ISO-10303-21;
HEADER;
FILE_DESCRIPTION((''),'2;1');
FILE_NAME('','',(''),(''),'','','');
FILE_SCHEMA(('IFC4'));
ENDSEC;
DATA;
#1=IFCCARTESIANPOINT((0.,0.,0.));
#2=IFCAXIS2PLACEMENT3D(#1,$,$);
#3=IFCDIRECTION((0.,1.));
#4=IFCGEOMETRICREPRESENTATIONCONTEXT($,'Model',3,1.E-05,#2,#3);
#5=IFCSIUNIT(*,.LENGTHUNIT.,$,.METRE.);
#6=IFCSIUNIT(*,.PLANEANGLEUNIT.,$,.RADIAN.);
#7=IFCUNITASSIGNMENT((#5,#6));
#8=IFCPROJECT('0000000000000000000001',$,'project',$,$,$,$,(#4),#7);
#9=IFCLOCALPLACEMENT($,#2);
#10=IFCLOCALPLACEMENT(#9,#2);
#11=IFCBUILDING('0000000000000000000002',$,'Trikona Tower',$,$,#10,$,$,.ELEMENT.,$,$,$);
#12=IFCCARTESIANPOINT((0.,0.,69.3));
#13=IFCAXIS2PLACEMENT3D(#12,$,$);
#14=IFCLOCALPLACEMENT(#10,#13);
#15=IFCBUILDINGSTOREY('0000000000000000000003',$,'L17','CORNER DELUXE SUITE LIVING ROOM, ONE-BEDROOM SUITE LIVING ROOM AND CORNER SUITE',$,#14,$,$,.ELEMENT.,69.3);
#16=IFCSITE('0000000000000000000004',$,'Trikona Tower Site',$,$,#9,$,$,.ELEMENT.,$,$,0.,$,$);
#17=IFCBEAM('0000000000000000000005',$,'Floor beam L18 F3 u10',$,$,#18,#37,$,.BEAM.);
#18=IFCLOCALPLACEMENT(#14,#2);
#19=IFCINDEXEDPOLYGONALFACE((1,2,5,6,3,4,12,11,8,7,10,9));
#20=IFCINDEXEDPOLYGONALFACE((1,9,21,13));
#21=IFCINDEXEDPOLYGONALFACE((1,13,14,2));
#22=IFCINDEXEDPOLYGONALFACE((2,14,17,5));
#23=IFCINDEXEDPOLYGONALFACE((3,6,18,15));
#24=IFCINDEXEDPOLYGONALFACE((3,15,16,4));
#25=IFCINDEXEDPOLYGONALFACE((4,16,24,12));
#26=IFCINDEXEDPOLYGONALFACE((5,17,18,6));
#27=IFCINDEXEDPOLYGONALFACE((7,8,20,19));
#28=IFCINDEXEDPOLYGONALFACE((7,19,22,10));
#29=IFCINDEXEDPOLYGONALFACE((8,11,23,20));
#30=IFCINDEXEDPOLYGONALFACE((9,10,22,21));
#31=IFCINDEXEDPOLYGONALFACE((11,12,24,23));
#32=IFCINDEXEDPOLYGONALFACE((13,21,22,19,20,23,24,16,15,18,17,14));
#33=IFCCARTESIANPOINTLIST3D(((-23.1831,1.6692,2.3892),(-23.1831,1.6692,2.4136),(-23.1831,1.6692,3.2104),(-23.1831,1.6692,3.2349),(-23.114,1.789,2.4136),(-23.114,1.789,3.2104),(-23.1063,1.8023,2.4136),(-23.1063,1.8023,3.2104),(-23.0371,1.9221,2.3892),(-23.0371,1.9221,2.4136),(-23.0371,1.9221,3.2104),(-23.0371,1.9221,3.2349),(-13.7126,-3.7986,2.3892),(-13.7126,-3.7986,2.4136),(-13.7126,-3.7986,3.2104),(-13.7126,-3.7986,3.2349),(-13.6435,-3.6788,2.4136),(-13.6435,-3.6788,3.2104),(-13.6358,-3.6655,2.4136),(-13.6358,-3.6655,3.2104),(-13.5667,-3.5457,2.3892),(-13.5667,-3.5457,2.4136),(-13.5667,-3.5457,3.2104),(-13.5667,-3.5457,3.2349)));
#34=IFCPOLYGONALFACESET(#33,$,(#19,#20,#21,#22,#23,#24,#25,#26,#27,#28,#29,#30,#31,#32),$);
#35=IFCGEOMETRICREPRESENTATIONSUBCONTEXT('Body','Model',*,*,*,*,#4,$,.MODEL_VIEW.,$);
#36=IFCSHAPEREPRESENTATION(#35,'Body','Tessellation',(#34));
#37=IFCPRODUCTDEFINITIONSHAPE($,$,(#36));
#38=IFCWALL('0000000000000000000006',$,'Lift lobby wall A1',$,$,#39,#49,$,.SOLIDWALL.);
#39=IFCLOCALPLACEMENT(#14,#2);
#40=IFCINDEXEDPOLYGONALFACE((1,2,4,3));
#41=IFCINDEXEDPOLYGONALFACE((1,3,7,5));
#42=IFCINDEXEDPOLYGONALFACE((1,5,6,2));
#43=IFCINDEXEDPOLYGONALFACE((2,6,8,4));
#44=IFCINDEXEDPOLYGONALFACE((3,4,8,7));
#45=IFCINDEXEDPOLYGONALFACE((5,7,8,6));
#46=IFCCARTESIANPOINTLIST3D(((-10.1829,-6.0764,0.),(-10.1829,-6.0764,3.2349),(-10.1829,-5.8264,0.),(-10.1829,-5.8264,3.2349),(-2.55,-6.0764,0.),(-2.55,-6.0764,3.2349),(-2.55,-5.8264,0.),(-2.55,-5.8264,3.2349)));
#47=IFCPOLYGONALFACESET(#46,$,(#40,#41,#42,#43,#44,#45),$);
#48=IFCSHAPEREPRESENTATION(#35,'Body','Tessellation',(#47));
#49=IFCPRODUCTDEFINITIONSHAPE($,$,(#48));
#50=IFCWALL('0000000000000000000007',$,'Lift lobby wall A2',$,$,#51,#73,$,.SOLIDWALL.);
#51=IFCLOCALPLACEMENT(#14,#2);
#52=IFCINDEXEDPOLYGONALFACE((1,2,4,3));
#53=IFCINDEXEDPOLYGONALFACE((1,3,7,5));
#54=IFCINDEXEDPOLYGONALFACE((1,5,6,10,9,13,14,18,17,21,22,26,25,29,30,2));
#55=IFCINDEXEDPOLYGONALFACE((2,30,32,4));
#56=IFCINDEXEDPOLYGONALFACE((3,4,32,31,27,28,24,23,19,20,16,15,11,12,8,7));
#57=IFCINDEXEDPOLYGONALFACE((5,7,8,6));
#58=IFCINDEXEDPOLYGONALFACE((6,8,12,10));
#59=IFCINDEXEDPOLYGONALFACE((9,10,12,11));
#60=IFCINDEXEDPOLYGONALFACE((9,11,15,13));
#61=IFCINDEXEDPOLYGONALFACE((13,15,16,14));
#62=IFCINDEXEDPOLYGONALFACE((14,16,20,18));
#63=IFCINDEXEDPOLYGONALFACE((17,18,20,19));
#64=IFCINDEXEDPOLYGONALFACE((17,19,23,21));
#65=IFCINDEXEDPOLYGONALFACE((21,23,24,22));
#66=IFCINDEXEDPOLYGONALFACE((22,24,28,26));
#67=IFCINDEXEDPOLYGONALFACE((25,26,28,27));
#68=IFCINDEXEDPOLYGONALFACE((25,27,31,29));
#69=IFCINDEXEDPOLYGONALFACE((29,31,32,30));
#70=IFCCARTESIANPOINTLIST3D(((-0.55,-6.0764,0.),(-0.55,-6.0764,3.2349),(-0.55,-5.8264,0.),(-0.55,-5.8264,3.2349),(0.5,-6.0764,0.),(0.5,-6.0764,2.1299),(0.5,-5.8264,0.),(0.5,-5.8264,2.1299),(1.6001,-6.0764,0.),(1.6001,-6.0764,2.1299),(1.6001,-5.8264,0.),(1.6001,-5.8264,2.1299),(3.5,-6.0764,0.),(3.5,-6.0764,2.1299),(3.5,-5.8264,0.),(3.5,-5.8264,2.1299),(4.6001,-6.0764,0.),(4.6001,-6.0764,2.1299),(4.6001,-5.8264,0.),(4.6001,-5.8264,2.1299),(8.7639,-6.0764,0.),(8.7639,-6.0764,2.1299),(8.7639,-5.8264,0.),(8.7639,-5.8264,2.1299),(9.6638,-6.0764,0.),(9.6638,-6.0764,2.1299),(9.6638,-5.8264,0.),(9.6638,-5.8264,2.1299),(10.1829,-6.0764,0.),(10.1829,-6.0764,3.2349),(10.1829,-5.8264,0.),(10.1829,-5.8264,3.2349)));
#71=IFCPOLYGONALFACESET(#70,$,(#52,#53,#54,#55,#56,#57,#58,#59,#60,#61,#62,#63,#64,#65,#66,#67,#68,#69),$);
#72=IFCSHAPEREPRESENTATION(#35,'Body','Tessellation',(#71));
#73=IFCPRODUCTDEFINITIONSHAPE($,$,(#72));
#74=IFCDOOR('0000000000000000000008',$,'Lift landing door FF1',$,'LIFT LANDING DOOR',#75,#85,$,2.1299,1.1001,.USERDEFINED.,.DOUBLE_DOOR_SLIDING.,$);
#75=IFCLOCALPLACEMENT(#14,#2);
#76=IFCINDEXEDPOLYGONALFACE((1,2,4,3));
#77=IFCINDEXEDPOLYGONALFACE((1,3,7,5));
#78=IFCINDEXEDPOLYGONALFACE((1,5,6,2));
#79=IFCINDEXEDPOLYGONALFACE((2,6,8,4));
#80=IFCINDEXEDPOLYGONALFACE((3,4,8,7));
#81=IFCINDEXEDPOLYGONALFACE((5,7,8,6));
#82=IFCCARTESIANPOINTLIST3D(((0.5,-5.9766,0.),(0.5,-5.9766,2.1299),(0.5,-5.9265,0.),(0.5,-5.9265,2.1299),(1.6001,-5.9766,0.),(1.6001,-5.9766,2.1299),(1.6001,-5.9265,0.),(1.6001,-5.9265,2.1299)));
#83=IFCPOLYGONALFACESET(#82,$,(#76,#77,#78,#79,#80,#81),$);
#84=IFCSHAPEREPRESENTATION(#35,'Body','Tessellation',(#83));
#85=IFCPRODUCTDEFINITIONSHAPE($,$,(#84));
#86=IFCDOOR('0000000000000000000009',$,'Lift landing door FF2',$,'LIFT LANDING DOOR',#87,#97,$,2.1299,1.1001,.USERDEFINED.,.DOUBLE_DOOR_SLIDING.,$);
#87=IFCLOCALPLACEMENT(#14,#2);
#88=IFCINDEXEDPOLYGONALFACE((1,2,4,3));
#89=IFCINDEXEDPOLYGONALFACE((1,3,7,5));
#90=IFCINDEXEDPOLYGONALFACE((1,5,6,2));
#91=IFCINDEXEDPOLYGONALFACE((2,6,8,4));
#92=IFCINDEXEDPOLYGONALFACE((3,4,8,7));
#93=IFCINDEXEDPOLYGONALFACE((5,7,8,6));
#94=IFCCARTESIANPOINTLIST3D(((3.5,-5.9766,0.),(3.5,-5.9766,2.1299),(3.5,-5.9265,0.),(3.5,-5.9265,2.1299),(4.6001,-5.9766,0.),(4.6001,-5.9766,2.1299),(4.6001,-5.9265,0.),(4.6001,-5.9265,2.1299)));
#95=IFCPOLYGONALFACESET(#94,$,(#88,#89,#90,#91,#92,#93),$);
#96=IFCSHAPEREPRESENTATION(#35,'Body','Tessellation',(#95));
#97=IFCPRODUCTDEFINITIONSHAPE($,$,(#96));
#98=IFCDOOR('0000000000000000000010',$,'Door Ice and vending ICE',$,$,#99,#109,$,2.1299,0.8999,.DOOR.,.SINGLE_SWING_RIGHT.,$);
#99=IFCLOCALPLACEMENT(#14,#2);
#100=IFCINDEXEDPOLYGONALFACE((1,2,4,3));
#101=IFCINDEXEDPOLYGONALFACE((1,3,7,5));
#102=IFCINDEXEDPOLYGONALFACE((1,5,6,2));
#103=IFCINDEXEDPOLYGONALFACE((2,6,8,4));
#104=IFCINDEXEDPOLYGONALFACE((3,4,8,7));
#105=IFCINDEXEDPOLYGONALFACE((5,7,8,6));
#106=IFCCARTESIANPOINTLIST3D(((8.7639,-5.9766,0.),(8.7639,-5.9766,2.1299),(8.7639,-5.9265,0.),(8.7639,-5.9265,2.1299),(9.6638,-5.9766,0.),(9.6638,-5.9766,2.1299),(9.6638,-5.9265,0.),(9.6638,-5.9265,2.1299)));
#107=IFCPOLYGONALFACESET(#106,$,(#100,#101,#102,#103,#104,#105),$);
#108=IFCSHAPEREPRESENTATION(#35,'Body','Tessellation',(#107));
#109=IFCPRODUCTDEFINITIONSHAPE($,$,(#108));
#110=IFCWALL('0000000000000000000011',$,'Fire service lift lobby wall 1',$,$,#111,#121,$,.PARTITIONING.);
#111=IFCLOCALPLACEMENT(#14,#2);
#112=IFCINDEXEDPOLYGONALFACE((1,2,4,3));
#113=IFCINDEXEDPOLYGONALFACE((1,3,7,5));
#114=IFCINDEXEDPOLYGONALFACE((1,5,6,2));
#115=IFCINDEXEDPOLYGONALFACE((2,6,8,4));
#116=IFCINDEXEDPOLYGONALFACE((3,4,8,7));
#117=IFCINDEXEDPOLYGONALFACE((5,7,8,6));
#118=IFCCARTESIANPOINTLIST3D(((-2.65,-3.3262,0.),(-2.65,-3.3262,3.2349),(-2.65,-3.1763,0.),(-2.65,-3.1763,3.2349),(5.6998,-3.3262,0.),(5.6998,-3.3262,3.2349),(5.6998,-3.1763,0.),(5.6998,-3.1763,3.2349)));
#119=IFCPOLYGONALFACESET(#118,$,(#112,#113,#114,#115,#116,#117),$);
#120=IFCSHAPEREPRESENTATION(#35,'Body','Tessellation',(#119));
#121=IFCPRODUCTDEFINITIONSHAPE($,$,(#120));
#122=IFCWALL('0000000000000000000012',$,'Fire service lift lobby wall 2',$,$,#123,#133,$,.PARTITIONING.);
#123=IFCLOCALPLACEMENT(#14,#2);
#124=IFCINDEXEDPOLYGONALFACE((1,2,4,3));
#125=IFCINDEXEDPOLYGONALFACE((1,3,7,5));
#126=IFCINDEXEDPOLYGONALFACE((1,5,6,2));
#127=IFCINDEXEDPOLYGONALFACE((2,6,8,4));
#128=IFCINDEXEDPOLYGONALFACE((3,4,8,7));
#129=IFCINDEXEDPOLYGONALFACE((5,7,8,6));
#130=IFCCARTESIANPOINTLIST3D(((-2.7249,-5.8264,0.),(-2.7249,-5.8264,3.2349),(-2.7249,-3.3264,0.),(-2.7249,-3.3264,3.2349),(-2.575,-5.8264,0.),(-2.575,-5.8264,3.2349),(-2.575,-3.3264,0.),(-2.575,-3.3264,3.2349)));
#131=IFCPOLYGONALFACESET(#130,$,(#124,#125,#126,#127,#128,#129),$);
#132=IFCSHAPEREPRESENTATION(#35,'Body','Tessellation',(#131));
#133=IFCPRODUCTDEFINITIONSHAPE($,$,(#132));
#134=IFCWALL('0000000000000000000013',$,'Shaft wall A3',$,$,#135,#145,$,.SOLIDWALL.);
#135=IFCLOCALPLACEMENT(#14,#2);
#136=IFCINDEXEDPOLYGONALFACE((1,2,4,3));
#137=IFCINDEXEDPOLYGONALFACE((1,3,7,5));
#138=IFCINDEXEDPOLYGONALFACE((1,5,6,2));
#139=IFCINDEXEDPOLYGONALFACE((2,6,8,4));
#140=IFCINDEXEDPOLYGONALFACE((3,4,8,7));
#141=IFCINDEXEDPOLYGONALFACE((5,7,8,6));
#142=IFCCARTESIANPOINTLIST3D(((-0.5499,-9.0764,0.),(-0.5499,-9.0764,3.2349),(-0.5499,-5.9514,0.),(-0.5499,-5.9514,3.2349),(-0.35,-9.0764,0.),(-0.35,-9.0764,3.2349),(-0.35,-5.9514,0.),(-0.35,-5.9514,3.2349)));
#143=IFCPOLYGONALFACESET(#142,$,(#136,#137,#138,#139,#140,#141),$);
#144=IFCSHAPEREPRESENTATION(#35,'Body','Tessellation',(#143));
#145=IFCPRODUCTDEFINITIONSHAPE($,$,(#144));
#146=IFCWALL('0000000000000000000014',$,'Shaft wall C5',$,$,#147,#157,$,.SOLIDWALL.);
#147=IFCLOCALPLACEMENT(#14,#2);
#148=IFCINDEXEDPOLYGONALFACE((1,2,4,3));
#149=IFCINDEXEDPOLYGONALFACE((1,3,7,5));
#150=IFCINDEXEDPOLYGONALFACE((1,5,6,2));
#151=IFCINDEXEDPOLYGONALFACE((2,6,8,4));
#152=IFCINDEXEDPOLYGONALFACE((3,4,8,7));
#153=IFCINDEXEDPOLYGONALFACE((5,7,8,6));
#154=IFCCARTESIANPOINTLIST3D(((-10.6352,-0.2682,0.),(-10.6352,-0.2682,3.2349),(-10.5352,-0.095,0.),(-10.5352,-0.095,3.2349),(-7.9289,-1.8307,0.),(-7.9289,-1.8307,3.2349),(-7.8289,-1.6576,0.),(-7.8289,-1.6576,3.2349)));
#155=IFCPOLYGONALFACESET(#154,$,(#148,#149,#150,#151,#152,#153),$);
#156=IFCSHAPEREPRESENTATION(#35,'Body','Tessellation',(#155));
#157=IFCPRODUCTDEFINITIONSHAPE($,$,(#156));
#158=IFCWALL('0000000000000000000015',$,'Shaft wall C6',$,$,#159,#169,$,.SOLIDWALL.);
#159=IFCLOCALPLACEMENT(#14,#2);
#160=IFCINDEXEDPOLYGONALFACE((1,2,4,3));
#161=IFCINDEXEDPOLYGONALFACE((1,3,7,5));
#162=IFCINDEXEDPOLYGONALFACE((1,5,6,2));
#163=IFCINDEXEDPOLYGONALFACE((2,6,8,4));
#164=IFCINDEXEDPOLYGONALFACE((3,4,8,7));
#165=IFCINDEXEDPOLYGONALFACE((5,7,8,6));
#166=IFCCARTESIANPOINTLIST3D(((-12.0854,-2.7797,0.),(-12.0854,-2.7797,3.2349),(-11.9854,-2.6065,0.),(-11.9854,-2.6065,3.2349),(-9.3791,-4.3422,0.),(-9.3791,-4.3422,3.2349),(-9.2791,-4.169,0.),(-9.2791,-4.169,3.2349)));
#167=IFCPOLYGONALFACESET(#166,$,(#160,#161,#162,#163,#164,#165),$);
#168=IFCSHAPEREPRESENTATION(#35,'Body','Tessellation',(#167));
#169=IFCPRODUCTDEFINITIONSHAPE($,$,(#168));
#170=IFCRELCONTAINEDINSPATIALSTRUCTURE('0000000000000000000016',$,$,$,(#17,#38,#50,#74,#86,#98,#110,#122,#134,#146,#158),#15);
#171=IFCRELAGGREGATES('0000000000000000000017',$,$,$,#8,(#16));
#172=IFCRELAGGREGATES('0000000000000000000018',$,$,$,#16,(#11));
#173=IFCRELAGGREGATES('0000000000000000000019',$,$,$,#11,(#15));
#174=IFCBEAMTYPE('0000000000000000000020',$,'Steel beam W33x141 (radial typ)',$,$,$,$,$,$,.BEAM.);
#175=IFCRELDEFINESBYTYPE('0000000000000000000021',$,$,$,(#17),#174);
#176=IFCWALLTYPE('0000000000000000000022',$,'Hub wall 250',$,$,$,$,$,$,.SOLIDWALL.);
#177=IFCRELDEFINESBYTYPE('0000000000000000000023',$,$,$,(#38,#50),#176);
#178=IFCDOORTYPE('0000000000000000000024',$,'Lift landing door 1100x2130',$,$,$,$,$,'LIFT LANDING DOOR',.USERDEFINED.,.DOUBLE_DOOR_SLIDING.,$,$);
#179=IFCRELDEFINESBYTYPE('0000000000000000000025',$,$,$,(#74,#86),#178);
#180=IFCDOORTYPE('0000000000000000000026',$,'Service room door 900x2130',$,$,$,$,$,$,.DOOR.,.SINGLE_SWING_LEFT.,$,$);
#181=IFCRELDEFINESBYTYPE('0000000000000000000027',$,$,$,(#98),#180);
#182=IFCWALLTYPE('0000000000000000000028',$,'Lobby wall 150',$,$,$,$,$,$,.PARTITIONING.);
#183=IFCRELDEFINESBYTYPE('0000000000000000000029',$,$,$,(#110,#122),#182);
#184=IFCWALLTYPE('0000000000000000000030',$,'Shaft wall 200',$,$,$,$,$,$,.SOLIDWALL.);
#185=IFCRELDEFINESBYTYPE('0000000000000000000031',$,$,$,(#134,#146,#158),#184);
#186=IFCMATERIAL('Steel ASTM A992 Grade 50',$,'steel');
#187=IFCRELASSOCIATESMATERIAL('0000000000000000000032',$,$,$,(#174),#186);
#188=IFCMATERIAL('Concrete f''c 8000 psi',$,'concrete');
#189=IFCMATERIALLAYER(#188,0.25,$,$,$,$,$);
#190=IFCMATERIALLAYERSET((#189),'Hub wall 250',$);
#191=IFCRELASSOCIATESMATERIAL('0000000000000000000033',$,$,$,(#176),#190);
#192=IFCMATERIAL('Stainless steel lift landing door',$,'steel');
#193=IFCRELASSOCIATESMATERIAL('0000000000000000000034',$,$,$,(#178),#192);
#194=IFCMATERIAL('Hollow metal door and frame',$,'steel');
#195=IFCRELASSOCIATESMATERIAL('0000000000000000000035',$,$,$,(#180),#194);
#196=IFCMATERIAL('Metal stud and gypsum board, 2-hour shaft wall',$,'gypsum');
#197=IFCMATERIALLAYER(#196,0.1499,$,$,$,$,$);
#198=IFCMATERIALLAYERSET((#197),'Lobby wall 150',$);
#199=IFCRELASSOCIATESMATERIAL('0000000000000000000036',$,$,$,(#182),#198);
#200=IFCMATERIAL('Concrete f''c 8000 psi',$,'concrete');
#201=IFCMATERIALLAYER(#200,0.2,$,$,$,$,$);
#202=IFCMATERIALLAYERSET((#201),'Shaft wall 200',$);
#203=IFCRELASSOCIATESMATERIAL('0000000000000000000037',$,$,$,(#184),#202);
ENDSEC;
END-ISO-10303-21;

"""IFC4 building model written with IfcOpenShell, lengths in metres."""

from ifc_helpers import new_model, si_unit, direction, frame, frame_2d, origin, origin_2d, place, context, subcontext, project, spatial, rectangle, i_section, extrude, material, layer, layer_set, material_profile, profile_set, type_object, element, fill, save


model = new_model("IFC4")

# Units and contexts
model_context = context("Model", 3, precision=1e-05, world=origin(), true_north=direction((0.0, 1.0)))
body_context = subcontext(model_context, "Body", "Model", "MODEL_VIEW")
ifc_project = project(units=[si_unit("LENGTHUNIT", "METRE"), si_unit("PLANEANGLEUNIT", "RADIAN")], contexts=[model_context])

# Site, building, storey
site_placement = place(None, origin())
site = spatial("IfcSite", under=ifc_project, at=site_placement, Name="Trikona Tower Site", CompositionType="ELEMENT", RefElevation=0.0)
building_placement = place(site_placement, origin())
building = spatial("IfcBuilding", under=site, at=building_placement, Name="Trikona Tower", CompositionType="ELEMENT")
storey_placement = place(building_placement, frame((0.0, 0.0, 69.3)))
storey = spatial("IfcBuildingStorey", under=building, at=storey_placement, Name="L17", Description="CORNER DELUXE SUITE LIVING ROOM, ONE-BEDROOM SUITE LIVING ROOM AND CORNER SUITE", CompositionType="ELEMENT", Elevation=69.3)

# Beam
ifc_material_1 = material(Name="Steel ASTM A992 Grade 50", Category="steel")
ifc_material_profile = material_profile(ifc_material_1, i_section(OverallWidth=0.292, OverallDepth=0.8457, WebThickness=0.0154, FlangeThickness=0.0244, at=origin_2d()), Name="W33X141")
ifc_profile_set = profile_set([ifc_material_profile], Name="Steel ASTM A992 Grade 50")
beam_type = type_object("IfcBeamType", Name="Steel beam W33x141 (radial typ)", PredefinedType="BEAM", material=ifc_profile_set)
beam_placement = place(storey_placement, frame((-13.6396, -3.6721, 2.812), z_axis=(-0.866025, 0.5, 0.0), x_axis=(-0.5, -0.866025, 0.0)))
element("IfcBeam", 1, at=beam_placement, inside=storey, type_object=beam_type, Name="Floor beam L18 F3 u10", PredefinedType="BEAM", context=body_context, shape_type="SweptSolid", body=[
    extrude(i_section(OverallWidth=0.292, OverallDepth=0.8457, WebThickness=0.0154, FlangeThickness=0.0244, at=origin_2d()), origin(), (0.0, 0.0, 1.0), 10.9355),
])

# Wall
ifc_material_2 = material(Name="Concrete f'c 8000 psi", Category="concrete")
ifc_layer_1 = layer(ifc_material_2, 0.25)
ifc_layer_set_1 = layer_set([ifc_layer_1], Name="Hub wall 250")
wall_type_1 = type_object("IfcWallType", Name="Hub wall 250", PredefinedType="SOLIDWALL", material=ifc_layer_set_1)
wall_1_placement = place(storey_placement, frame((-10.1829, -5.9514, 0.0), z_axis=(0.0, 0.0, 1.0), x_axis=(1.0, 0.0, 0.0)))
element("IfcWall", 2, at=wall_1_placement, inside=storey, type_object=wall_type_1, Name="Lift lobby wall A1", PredefinedType="SOLIDWALL", context=body_context, shape_type="SweptSolid", body=[
    extrude(rectangle(XDim=7.6328, YDim=0.25, at=frame_2d((3.8164, 0.0))), origin(), (0.0, 0.0, 1.0), 3.2349),
])

# Wall, openings, doors
wall_2_placement = place(storey_placement, frame((-0.55, -5.9514, 0.0), z_axis=(0.0, 0.0, 1.0), x_axis=(1.0, 0.0, 0.0)))
wall_2 = element("IfcWall", 3, at=wall_2_placement, inside=storey, type_object=wall_type_1, Name="Lift lobby wall A2", PredefinedType="SOLIDWALL", context=body_context, shape_type="SweptSolid", body=[
    extrude(rectangle(XDim=10.7329, YDim=0.25, at=frame_2d((5.3665, 0.0))), origin(), (0.0, 0.0, 1.0), 3.2349),
])
opening_1_placement = place(wall_2_placement, frame((9.314, 0.0, 0.0)))
opening_1 = element("IfcOpeningElement", 4, at=opening_1_placement, cuts=wall_2, PredefinedType="OPENING", context=body_context, shape_type="SweptSolid", body=[
    extrude(rectangle(XDim=0.8999, YDim=2.1299, at=frame_2d((0.45, 1.0649))), frame((0.0, 0.135, 0.0), z_axis=(0.0, -1.0, 0.0), x_axis=(1.0, 0.0, 0.0)), (0.0, 0.0, 1.0), 0.27),
])
opening_2_placement = place(wall_2_placement, frame((1.05, 0.0, 0.0)))
opening_2 = element("IfcOpeningElement", 5, at=opening_2_placement, cuts=wall_2, PredefinedType="OPENING", context=body_context, shape_type="SweptSolid", body=[
    extrude(rectangle(XDim=1.1001, YDim=2.1299, at=frame_2d((0.55, 1.0649))), frame((0.0, 0.135, 0.0), z_axis=(0.0, -1.0, 0.0), x_axis=(1.0, 0.0, 0.0)), (0.0, 0.0, 1.0), 0.27),
])
opening_3_placement = place(wall_2_placement, frame((4.05, 0.0, 0.0)))
opening_3 = element("IfcOpeningElement", 6, at=opening_3_placement, cuts=wall_2, PredefinedType="OPENING", context=body_context, shape_type="SweptSolid", body=[
    extrude(rectangle(XDim=1.1001, YDim=2.1299, at=frame_2d((0.55, 1.0649))), frame((0.0, 0.135, 0.0), z_axis=(0.0, -1.0, 0.0), x_axis=(1.0, 0.0, 0.0)), (0.0, 0.0, 1.0), 0.27),
])
ifc_material_3 = material(Name="Stainless steel lift landing door", Category="steel")
door_type_1 = type_object("IfcDoorType", Name="Lift landing door 1100x2130", ElementType="LIFT LANDING DOOR", OperationType="DOUBLE_DOOR_SLIDING", PredefinedType="USERDEFINED", material=ifc_material_3)
door_1_placement = place(opening_2_placement, origin())
door_1 = element("IfcDoor", 7, at=door_1_placement, inside=storey, type_object=door_type_1, Name="Lift landing door FF1", ObjectType="LIFT LANDING DOOR", OperationType="DOUBLE_DOOR_SLIDING", OverallHeight=2.1299, OverallWidth=1.1001, PredefinedType="USERDEFINED", context=body_context, shape_type="SweptSolid", body=[
    extrude(rectangle(XDim=1.1001, YDim=2.1299, at=frame_2d((0.55, 1.0649))), frame((0.0, 0.0249, 0.0), z_axis=(0.0, -1.0, 0.0), x_axis=(1.0, 0.0, 0.0)), (0.0, 0.0, 1.0), 0.05),
])
fill(opening_2, door_1)
door_2_placement = place(opening_3_placement, origin())
door_2 = element("IfcDoor", 8, at=door_2_placement, inside=storey, type_object=door_type_1, Name="Lift landing door FF2", ObjectType="LIFT LANDING DOOR", OperationType="DOUBLE_DOOR_SLIDING", OverallHeight=2.1299, OverallWidth=1.1001, PredefinedType="USERDEFINED", context=body_context, shape_type="SweptSolid", body=[
    extrude(rectangle(XDim=1.1001, YDim=2.1299, at=frame_2d((0.55, 1.0649))), frame((0.0, 0.0249, 0.0), z_axis=(0.0, -1.0, 0.0), x_axis=(1.0, 0.0, 0.0)), (0.0, 0.0, 1.0), 0.05),
])
fill(opening_3, door_2)
ifc_material_4 = material(Name="Hollow metal door and frame", Category="steel")
door_type_2 = type_object("IfcDoorType", Name="Service room door 900x2130", OperationType="SINGLE_SWING_LEFT", PredefinedType="DOOR", material=ifc_material_4)
door_3_placement = place(opening_1_placement, origin())
door_3 = element("IfcDoor", 9, at=door_3_placement, inside=storey, type_object=door_type_2, Name="Door Ice and vending ICE", OperationType="SINGLE_SWING_RIGHT", OverallHeight=2.1299, OverallWidth=0.8999, PredefinedType="DOOR", context=body_context, shape_type="SweptSolid", body=[
    extrude(rectangle(XDim=0.8999, YDim=2.1299, at=frame_2d((0.45, 1.0649))), frame((0.0, 0.0249, 0.0), z_axis=(0.0, -1.0, 0.0), x_axis=(1.0, 0.0, 0.0)), (0.0, 0.0, 1.0), 0.05),
])
fill(opening_1, door_3)

# Walls
ifc_material_5 = material(Name="Metal stud and gypsum board, 2-hour shaft wall", Category="gypsum")
ifc_layer_2 = layer(ifc_material_5, 0.1499)
ifc_layer_set_2 = layer_set([ifc_layer_2], Name="Lobby wall 150")
wall_type_2 = type_object("IfcWallType", Name="Lobby wall 150", PredefinedType="PARTITIONING", material=ifc_layer_set_2)
wall_3_placement = place(storey_placement, frame((-2.6499, -3.2512, 0.0), z_axis=(0.0, 0.0, 1.0), x_axis=(1.0, 0.0, 0.0)))
element("IfcWall", 10, at=wall_3_placement, inside=storey, type_object=wall_type_2, Name="Fire service lift lobby wall 1", PredefinedType="PARTITIONING", context=body_context, shape_type="SweptSolid", body=[
    extrude(rectangle(XDim=8.3499, YDim=0.1499, at=frame_2d((4.1748, 0.0))), origin(), (0.0, 0.0, 1.0), 3.2349),
])
wall_4_placement = place(storey_placement, frame((-2.6499, -5.8264, 0.0), z_axis=(0.0, 0.0, 1.0), x_axis=(0.0, 1.0, 0.0)))
element("IfcWall", 11, at=wall_4_placement, inside=storey, type_object=wall_type_2, Name="Fire service lift lobby wall 2", PredefinedType="PARTITIONING", context=body_context, shape_type="SweptSolid", body=[
    extrude(rectangle(XDim=2.5, YDim=0.1499, at=frame_2d((1.25, 0.0))), origin(), (0.0, 0.0, 1.0), 3.2349),
])
ifc_material_6 = material(Name="Concrete f'c 8000 psi", Category="concrete")
ifc_layer_3 = layer(ifc_material_6, 0.2)
ifc_layer_set_3 = layer_set([ifc_layer_3], Name="Shaft wall 200")
wall_type_3 = type_object("IfcWallType", Name="Shaft wall 200", PredefinedType="SOLIDWALL", material=ifc_layer_set_3)
for number, where, z_axis, x_axis, name in (
    (12, (-0.45, -5.9514, 0.0), (0.0, 0.0, 1.0), (0.0, -1.0, 0.0), "Shaft wall A3"),
    (13, (-7.8789, -1.7441, 0.0), (0.0, 0.0, 1.0), (-0.866023, 0.500004, 0.0), "Shaft wall C5"),
    (14, (-9.3291, -4.2556, 0.0), (0.0, 0.0, 1.0), (-0.866023, 0.500004, 0.0), "Shaft wall C6"),
):
    element("IfcWall", number, at=place(storey_placement, frame(where, z_axis=z_axis, x_axis=x_axis)), inside=storey, type_object=wall_type_3, Name=name, PredefinedType="SOLIDWALL", context=body_context, shape_type="SweptSolid", body=[
        extrude(rectangle(XDim=3.125, YDim=0.2, at=frame_2d((1.5625, 0.0))), origin(), (0.0, 0.0, 1.0), 3.2349),
    ])

save(model, "model.ifc")
